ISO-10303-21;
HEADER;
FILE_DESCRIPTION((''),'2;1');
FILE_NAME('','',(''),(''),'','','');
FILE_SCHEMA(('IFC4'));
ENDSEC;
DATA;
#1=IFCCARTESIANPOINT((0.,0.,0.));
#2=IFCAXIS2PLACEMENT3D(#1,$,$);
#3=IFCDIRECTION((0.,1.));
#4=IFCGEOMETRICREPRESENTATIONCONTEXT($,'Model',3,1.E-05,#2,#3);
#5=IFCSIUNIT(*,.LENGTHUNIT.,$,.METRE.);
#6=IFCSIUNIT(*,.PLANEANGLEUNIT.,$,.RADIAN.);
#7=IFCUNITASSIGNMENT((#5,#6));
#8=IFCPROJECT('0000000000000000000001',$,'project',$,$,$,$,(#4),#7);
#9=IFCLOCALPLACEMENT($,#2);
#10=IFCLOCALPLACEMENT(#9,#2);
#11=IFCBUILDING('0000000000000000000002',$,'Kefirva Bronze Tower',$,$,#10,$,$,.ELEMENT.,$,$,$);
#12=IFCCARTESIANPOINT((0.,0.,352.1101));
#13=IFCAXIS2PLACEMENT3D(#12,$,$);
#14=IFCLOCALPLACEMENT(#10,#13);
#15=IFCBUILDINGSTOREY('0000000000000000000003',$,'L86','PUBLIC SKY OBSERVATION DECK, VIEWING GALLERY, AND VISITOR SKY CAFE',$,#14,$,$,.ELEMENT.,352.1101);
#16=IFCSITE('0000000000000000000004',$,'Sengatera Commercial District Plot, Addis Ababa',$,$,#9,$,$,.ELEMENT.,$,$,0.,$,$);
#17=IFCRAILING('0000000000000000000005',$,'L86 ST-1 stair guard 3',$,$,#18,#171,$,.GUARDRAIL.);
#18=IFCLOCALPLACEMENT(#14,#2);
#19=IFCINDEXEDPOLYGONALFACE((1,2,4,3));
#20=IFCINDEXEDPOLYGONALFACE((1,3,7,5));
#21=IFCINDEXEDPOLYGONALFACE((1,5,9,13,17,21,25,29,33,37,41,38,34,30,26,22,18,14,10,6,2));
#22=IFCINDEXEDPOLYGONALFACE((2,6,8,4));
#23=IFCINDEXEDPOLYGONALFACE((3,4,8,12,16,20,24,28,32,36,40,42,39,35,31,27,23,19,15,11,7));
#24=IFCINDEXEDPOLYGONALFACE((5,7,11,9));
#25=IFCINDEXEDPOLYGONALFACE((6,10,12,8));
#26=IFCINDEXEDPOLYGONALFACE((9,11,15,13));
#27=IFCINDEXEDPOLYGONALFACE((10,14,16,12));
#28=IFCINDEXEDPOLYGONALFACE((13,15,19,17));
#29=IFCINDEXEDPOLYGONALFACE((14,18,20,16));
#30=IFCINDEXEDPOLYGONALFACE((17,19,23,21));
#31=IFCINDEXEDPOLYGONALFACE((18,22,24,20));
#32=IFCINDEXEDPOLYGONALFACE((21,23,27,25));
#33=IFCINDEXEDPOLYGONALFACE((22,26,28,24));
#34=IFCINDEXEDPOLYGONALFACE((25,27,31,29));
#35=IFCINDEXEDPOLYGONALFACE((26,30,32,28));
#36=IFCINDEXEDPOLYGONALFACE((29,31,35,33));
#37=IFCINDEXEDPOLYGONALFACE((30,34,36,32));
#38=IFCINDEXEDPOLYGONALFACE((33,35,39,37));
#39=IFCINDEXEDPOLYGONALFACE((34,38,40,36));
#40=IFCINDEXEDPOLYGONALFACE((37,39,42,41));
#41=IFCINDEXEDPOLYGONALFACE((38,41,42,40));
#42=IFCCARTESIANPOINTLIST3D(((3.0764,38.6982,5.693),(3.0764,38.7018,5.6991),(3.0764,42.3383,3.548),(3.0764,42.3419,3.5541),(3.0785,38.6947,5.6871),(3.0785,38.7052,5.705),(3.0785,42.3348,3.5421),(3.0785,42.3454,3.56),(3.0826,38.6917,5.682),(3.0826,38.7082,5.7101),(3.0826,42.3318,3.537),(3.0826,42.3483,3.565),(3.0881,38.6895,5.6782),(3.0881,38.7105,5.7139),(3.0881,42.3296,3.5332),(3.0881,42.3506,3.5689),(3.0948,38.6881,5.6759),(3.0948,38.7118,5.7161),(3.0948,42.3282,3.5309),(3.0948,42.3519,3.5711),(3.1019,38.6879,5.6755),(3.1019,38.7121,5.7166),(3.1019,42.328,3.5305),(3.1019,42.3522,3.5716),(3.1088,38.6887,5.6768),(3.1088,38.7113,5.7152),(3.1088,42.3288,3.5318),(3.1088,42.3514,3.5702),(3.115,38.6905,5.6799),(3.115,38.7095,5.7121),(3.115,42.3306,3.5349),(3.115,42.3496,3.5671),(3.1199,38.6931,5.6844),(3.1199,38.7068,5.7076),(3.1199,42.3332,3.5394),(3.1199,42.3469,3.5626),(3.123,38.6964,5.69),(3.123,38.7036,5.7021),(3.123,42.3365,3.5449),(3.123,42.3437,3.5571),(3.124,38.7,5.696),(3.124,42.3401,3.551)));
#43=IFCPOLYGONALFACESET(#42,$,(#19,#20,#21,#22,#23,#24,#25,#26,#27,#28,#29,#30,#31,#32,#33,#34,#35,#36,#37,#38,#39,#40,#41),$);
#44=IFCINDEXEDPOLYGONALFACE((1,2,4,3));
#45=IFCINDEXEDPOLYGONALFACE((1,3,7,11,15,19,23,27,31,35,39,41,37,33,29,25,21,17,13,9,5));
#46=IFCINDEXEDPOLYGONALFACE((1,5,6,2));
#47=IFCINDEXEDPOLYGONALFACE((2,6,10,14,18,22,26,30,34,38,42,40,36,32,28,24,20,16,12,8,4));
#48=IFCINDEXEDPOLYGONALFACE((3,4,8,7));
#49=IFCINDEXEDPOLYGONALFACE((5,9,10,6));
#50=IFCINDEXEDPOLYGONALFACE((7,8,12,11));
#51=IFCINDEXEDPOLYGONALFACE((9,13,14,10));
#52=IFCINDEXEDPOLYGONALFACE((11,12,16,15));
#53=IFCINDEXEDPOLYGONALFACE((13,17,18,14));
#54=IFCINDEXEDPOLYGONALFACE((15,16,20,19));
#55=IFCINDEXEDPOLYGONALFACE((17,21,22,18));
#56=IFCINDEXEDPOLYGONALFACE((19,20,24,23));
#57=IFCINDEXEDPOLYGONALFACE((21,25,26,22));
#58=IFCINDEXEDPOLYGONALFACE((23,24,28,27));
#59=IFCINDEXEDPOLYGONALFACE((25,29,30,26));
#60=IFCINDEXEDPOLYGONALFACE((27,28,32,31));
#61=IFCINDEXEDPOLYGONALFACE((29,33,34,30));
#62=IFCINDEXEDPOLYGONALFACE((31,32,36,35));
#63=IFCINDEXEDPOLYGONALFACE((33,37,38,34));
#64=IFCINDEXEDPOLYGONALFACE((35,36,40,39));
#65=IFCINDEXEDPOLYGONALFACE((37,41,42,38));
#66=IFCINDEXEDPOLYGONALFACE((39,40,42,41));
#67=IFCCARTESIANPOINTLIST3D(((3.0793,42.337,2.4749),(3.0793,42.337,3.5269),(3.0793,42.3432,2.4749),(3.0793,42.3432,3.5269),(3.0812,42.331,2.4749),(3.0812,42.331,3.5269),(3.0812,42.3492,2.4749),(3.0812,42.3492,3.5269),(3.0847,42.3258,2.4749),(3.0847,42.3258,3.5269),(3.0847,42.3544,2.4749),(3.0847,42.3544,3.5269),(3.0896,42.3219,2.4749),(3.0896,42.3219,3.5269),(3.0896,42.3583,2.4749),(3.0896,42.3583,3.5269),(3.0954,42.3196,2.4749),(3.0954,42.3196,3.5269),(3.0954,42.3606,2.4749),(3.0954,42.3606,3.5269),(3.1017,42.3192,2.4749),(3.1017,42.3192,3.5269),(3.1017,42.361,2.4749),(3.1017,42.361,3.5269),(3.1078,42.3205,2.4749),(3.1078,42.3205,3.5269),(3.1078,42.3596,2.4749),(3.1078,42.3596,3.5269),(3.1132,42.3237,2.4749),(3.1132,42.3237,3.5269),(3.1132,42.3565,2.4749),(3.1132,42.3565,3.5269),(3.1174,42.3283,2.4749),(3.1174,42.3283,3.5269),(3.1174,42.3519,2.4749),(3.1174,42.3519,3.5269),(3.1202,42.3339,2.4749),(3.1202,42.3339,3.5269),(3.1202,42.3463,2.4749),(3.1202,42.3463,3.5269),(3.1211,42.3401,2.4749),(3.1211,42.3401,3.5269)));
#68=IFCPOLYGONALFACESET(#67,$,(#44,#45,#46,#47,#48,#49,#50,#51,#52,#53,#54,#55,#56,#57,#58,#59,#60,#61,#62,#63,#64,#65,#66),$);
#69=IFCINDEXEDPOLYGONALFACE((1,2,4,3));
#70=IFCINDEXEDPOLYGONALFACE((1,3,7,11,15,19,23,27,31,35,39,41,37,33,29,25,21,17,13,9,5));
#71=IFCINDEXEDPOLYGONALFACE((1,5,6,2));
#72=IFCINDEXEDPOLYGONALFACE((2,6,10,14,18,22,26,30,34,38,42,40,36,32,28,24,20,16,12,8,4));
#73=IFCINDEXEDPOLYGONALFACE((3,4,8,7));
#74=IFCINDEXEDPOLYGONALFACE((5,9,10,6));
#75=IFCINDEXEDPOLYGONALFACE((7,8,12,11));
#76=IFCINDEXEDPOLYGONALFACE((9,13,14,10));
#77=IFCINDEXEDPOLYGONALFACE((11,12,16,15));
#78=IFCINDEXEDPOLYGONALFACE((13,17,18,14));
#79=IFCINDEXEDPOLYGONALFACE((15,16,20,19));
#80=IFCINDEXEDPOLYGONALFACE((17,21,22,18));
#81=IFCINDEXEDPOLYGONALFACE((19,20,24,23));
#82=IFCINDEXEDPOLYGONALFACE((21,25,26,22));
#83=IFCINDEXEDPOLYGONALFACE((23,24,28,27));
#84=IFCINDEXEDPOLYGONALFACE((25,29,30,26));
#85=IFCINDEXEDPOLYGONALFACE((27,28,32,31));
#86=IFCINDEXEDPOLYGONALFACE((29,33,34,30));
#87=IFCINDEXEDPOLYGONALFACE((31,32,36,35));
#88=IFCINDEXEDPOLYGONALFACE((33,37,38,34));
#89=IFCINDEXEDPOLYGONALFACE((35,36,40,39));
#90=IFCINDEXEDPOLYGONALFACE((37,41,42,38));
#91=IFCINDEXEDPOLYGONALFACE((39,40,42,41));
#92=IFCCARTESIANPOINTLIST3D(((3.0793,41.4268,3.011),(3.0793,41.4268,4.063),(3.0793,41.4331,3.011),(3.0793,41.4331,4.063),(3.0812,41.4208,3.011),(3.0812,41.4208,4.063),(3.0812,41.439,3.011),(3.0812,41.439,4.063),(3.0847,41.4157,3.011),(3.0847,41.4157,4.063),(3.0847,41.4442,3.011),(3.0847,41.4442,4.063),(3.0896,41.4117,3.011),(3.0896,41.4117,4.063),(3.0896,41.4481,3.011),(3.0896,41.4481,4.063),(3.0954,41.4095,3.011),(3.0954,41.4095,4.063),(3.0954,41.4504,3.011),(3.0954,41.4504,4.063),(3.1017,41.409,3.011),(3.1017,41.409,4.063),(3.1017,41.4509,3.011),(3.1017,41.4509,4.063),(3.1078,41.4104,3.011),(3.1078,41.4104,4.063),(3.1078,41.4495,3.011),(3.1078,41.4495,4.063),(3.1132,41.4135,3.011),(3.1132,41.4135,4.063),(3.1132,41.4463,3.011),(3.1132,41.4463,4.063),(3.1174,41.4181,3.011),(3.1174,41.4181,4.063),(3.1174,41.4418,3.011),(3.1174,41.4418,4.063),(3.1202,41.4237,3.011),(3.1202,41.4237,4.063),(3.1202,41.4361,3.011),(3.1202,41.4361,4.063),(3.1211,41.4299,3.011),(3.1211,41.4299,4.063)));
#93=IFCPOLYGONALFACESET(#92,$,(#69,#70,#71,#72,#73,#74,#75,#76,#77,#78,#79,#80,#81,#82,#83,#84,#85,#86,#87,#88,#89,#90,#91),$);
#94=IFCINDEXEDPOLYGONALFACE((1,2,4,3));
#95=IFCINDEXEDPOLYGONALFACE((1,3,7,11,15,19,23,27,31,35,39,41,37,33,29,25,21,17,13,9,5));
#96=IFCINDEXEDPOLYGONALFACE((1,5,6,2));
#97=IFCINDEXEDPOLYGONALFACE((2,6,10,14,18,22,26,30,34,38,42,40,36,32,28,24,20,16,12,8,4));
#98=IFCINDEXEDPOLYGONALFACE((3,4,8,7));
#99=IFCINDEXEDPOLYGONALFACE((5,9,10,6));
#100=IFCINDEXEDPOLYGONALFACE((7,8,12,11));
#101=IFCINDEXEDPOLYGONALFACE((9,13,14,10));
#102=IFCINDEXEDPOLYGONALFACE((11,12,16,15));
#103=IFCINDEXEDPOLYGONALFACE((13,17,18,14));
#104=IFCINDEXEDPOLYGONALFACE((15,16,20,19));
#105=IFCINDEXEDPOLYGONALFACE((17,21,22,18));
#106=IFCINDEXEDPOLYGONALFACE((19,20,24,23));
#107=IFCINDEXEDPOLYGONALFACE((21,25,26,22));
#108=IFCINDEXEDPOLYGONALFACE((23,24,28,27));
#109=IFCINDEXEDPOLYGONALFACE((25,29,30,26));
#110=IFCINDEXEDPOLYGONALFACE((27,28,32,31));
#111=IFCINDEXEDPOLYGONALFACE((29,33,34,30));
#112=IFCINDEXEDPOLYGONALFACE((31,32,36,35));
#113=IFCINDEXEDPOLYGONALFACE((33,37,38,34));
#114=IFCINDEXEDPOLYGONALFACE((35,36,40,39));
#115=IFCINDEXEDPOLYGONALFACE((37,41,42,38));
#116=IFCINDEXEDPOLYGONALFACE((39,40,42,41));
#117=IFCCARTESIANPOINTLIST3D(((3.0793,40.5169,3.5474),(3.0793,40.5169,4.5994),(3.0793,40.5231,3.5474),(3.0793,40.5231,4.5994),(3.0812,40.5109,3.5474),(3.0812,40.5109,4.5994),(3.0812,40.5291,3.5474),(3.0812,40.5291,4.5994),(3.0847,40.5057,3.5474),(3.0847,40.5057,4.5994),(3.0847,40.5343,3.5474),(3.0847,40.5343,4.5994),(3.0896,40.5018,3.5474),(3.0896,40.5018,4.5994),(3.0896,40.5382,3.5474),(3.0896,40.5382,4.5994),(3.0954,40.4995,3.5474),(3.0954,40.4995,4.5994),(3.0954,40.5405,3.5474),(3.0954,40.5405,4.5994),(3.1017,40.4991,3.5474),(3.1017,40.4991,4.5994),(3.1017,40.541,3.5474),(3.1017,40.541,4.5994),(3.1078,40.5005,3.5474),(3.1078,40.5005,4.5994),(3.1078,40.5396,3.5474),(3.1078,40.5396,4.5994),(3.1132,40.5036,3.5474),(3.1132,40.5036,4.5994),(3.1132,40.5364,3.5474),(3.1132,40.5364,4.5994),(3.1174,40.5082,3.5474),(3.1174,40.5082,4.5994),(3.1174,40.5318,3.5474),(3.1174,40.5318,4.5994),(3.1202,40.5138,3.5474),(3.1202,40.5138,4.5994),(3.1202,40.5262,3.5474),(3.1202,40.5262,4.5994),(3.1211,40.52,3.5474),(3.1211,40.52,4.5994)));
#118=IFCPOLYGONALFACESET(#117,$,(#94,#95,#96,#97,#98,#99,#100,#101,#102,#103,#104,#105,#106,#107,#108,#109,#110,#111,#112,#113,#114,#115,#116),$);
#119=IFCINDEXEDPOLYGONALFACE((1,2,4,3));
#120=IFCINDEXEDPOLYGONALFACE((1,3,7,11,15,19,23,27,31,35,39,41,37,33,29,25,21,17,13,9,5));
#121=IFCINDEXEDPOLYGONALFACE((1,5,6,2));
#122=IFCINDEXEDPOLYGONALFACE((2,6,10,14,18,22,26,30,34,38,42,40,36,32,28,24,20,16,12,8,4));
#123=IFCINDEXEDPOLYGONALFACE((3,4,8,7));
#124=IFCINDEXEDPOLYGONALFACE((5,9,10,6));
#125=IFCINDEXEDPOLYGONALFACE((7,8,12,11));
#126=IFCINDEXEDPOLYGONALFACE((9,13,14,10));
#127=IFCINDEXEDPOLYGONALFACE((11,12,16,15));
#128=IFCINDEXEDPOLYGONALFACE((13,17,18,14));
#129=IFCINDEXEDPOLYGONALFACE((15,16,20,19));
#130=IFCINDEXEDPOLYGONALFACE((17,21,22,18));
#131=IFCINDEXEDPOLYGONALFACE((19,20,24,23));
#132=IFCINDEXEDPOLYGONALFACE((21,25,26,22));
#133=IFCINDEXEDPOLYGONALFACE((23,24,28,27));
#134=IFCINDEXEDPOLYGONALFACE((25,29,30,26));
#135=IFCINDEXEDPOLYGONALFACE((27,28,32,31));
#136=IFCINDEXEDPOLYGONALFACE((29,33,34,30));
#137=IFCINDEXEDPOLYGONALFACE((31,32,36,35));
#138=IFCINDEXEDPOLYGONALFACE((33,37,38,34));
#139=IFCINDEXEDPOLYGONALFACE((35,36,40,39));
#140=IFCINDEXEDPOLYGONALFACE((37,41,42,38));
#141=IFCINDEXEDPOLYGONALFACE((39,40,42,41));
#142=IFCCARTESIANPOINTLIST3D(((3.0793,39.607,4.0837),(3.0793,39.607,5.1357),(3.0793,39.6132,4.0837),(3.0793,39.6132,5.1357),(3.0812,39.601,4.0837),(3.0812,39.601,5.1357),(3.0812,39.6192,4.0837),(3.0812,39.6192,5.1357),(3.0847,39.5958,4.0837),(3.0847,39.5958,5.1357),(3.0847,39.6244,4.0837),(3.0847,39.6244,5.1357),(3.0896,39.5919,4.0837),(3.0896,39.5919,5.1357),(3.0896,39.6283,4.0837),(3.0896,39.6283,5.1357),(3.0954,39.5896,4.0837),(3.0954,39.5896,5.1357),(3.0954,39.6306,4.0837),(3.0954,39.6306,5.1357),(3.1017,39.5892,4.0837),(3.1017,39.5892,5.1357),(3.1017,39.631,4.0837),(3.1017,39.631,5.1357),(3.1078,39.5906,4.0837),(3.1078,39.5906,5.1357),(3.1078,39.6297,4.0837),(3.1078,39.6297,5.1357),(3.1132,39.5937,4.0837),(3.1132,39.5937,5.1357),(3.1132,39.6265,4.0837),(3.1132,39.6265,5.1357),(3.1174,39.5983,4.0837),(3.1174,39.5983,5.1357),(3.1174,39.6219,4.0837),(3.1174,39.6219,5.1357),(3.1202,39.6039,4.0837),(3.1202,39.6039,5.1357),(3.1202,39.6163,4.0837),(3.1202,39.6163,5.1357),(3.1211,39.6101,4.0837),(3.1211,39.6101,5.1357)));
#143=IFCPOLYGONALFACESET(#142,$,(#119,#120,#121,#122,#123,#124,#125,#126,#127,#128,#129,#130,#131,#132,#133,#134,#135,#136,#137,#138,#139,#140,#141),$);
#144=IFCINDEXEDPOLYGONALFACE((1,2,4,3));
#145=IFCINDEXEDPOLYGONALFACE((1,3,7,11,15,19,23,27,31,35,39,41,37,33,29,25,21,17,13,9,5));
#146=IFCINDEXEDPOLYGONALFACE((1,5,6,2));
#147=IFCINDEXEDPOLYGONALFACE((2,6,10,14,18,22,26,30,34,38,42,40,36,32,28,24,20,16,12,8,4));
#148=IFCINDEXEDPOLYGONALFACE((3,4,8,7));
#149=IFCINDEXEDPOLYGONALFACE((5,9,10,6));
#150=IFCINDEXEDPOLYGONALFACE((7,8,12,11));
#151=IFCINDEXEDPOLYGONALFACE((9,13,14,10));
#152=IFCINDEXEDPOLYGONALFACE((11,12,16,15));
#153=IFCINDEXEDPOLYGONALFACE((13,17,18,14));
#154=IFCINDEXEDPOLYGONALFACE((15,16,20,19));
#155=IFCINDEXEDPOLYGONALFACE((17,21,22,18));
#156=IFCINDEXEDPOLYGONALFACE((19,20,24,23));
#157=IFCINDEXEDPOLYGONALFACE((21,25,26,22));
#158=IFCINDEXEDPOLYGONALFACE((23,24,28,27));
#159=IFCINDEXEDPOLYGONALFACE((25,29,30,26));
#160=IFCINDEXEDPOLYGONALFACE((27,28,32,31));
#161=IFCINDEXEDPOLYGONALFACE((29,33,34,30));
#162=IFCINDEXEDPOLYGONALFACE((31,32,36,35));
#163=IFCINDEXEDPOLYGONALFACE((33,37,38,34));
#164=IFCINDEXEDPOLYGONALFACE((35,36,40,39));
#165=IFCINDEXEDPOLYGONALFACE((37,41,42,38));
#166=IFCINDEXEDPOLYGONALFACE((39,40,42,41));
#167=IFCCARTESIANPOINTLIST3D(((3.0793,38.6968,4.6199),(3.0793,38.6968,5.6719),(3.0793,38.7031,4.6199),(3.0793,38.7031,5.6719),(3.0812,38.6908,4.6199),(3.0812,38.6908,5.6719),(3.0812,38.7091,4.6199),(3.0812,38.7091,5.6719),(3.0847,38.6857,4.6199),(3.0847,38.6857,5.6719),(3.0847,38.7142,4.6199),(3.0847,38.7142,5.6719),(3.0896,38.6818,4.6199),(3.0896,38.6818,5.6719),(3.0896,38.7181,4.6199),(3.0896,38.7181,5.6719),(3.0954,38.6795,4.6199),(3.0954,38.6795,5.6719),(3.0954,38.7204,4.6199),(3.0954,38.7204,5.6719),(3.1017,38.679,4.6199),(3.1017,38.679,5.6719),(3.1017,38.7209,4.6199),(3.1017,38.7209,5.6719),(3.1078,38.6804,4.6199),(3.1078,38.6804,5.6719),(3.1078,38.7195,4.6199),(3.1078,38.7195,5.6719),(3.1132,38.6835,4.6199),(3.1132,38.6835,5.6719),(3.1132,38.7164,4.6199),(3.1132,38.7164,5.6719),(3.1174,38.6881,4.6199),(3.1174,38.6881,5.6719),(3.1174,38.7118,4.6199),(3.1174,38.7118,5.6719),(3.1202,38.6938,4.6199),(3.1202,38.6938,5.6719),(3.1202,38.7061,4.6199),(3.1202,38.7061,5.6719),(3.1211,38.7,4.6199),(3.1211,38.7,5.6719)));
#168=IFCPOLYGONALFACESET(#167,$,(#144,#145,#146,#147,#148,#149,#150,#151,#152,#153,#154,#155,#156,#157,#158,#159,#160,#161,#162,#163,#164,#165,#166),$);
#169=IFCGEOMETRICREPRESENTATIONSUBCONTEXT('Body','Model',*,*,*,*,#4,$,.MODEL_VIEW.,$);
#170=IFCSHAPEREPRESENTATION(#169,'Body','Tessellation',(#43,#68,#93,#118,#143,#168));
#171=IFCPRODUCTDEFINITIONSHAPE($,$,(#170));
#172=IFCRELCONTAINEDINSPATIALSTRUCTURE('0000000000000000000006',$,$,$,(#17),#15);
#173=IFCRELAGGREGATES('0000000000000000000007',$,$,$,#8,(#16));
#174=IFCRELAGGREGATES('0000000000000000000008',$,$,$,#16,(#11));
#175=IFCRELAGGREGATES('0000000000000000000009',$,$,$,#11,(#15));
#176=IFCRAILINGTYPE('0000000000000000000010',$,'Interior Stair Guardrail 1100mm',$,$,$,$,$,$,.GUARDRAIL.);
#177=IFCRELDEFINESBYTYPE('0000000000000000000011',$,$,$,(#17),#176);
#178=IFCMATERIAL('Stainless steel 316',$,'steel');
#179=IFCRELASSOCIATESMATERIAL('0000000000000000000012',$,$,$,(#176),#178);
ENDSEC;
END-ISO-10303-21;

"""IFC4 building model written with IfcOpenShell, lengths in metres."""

from ifc_helpers import new_model, si_unit, direction, frame, origin, origin_2d, place, context, subcontext, project, spatial, circle, extrude, material, type_object, element, save


model = new_model("IFC4")

# Units and contexts
model_context = context("Model", 3, precision=1e-05, world=origin(), true_north=direction((0.0, 1.0)))
body_context = subcontext(model_context, "Body", "Model", "MODEL_VIEW")
ifc_project = project(units=[si_unit("LENGTHUNIT", "METRE"), si_unit("PLANEANGLEUNIT", "RADIAN")], contexts=[model_context])

# Site, building, storey
site_placement = place(None, origin())
site = spatial("IfcSite", under=ifc_project, at=site_placement, Name="Sengatera Commercial District Plot, Addis Ababa", CompositionType="ELEMENT", RefElevation=0.0)
building_placement = place(site_placement, origin())
building = spatial("IfcBuilding", under=site, at=building_placement, Name="Kefirva Bronze Tower", CompositionType="ELEMENT")
storey_placement = place(building_placement, frame((0.0, 0.0, 352.1101)))
storey = spatial("IfcBuildingStorey", under=building, at=storey_placement, Name="L86", Description="PUBLIC SKY OBSERVATION DECK, VIEWING GALLERY, AND VISITOR SKY CAFE", CompositionType="ELEMENT", Elevation=352.1101)

# Railing
ifc_material_1 = material(Name="Stainless steel 316", Category="steel")
railing_type_1 = type_object("IfcRailingType", Name="Interior Stair Guardrail 1100mm", PredefinedType="GUARDRAIL", material=ifc_material_1)
railing_1_placement = place(storey_placement, frame((3.1001, 42.3401, 2.4749)))
element("IfcRailing", 1, at=railing_1_placement, inside=storey, type_object=railing_type_1, Name="L86 ST-1 stair guard 3", PredefinedType="GUARDRAIL", context=body_context, shape_type="SweptSolid", body=[
    extrude(circle(Radius=0.0239, at=origin_2d()), frame((0.0, 0.0, 1.0762), z_axis=(0.0, -0.861545, 0.507682), x_axis=(1.0, 0.0, 0.0)), (0.0, 0.0, 1.0), 4.2251),
    extrude(circle(Radius=0.021, at=origin_2d()), origin(), (0.0, 0.0, 1.0), 1.052),
    extrude(circle(Radius=0.021, at=origin_2d()), frame((0.0, -0.9102, 0.5361)), (0.0, 0.0, 1.0), 1.052),
    extrude(circle(Radius=0.021, at=origin_2d()), frame((0.0, -1.8201, 1.0725)), (0.0, 0.0, 1.0), 1.052),
    extrude(circle(Radius=0.021, at=origin_2d()), frame((0.0, -2.73, 1.6089)), (0.0, 0.0, 1.0), 1.052),
    extrude(circle(Radius=0.021, at=origin_2d()), frame((0.0, -3.6401, 2.145)), (0.0, 0.0, 1.0), 1.052),
])

save(model, "model.ifc")
